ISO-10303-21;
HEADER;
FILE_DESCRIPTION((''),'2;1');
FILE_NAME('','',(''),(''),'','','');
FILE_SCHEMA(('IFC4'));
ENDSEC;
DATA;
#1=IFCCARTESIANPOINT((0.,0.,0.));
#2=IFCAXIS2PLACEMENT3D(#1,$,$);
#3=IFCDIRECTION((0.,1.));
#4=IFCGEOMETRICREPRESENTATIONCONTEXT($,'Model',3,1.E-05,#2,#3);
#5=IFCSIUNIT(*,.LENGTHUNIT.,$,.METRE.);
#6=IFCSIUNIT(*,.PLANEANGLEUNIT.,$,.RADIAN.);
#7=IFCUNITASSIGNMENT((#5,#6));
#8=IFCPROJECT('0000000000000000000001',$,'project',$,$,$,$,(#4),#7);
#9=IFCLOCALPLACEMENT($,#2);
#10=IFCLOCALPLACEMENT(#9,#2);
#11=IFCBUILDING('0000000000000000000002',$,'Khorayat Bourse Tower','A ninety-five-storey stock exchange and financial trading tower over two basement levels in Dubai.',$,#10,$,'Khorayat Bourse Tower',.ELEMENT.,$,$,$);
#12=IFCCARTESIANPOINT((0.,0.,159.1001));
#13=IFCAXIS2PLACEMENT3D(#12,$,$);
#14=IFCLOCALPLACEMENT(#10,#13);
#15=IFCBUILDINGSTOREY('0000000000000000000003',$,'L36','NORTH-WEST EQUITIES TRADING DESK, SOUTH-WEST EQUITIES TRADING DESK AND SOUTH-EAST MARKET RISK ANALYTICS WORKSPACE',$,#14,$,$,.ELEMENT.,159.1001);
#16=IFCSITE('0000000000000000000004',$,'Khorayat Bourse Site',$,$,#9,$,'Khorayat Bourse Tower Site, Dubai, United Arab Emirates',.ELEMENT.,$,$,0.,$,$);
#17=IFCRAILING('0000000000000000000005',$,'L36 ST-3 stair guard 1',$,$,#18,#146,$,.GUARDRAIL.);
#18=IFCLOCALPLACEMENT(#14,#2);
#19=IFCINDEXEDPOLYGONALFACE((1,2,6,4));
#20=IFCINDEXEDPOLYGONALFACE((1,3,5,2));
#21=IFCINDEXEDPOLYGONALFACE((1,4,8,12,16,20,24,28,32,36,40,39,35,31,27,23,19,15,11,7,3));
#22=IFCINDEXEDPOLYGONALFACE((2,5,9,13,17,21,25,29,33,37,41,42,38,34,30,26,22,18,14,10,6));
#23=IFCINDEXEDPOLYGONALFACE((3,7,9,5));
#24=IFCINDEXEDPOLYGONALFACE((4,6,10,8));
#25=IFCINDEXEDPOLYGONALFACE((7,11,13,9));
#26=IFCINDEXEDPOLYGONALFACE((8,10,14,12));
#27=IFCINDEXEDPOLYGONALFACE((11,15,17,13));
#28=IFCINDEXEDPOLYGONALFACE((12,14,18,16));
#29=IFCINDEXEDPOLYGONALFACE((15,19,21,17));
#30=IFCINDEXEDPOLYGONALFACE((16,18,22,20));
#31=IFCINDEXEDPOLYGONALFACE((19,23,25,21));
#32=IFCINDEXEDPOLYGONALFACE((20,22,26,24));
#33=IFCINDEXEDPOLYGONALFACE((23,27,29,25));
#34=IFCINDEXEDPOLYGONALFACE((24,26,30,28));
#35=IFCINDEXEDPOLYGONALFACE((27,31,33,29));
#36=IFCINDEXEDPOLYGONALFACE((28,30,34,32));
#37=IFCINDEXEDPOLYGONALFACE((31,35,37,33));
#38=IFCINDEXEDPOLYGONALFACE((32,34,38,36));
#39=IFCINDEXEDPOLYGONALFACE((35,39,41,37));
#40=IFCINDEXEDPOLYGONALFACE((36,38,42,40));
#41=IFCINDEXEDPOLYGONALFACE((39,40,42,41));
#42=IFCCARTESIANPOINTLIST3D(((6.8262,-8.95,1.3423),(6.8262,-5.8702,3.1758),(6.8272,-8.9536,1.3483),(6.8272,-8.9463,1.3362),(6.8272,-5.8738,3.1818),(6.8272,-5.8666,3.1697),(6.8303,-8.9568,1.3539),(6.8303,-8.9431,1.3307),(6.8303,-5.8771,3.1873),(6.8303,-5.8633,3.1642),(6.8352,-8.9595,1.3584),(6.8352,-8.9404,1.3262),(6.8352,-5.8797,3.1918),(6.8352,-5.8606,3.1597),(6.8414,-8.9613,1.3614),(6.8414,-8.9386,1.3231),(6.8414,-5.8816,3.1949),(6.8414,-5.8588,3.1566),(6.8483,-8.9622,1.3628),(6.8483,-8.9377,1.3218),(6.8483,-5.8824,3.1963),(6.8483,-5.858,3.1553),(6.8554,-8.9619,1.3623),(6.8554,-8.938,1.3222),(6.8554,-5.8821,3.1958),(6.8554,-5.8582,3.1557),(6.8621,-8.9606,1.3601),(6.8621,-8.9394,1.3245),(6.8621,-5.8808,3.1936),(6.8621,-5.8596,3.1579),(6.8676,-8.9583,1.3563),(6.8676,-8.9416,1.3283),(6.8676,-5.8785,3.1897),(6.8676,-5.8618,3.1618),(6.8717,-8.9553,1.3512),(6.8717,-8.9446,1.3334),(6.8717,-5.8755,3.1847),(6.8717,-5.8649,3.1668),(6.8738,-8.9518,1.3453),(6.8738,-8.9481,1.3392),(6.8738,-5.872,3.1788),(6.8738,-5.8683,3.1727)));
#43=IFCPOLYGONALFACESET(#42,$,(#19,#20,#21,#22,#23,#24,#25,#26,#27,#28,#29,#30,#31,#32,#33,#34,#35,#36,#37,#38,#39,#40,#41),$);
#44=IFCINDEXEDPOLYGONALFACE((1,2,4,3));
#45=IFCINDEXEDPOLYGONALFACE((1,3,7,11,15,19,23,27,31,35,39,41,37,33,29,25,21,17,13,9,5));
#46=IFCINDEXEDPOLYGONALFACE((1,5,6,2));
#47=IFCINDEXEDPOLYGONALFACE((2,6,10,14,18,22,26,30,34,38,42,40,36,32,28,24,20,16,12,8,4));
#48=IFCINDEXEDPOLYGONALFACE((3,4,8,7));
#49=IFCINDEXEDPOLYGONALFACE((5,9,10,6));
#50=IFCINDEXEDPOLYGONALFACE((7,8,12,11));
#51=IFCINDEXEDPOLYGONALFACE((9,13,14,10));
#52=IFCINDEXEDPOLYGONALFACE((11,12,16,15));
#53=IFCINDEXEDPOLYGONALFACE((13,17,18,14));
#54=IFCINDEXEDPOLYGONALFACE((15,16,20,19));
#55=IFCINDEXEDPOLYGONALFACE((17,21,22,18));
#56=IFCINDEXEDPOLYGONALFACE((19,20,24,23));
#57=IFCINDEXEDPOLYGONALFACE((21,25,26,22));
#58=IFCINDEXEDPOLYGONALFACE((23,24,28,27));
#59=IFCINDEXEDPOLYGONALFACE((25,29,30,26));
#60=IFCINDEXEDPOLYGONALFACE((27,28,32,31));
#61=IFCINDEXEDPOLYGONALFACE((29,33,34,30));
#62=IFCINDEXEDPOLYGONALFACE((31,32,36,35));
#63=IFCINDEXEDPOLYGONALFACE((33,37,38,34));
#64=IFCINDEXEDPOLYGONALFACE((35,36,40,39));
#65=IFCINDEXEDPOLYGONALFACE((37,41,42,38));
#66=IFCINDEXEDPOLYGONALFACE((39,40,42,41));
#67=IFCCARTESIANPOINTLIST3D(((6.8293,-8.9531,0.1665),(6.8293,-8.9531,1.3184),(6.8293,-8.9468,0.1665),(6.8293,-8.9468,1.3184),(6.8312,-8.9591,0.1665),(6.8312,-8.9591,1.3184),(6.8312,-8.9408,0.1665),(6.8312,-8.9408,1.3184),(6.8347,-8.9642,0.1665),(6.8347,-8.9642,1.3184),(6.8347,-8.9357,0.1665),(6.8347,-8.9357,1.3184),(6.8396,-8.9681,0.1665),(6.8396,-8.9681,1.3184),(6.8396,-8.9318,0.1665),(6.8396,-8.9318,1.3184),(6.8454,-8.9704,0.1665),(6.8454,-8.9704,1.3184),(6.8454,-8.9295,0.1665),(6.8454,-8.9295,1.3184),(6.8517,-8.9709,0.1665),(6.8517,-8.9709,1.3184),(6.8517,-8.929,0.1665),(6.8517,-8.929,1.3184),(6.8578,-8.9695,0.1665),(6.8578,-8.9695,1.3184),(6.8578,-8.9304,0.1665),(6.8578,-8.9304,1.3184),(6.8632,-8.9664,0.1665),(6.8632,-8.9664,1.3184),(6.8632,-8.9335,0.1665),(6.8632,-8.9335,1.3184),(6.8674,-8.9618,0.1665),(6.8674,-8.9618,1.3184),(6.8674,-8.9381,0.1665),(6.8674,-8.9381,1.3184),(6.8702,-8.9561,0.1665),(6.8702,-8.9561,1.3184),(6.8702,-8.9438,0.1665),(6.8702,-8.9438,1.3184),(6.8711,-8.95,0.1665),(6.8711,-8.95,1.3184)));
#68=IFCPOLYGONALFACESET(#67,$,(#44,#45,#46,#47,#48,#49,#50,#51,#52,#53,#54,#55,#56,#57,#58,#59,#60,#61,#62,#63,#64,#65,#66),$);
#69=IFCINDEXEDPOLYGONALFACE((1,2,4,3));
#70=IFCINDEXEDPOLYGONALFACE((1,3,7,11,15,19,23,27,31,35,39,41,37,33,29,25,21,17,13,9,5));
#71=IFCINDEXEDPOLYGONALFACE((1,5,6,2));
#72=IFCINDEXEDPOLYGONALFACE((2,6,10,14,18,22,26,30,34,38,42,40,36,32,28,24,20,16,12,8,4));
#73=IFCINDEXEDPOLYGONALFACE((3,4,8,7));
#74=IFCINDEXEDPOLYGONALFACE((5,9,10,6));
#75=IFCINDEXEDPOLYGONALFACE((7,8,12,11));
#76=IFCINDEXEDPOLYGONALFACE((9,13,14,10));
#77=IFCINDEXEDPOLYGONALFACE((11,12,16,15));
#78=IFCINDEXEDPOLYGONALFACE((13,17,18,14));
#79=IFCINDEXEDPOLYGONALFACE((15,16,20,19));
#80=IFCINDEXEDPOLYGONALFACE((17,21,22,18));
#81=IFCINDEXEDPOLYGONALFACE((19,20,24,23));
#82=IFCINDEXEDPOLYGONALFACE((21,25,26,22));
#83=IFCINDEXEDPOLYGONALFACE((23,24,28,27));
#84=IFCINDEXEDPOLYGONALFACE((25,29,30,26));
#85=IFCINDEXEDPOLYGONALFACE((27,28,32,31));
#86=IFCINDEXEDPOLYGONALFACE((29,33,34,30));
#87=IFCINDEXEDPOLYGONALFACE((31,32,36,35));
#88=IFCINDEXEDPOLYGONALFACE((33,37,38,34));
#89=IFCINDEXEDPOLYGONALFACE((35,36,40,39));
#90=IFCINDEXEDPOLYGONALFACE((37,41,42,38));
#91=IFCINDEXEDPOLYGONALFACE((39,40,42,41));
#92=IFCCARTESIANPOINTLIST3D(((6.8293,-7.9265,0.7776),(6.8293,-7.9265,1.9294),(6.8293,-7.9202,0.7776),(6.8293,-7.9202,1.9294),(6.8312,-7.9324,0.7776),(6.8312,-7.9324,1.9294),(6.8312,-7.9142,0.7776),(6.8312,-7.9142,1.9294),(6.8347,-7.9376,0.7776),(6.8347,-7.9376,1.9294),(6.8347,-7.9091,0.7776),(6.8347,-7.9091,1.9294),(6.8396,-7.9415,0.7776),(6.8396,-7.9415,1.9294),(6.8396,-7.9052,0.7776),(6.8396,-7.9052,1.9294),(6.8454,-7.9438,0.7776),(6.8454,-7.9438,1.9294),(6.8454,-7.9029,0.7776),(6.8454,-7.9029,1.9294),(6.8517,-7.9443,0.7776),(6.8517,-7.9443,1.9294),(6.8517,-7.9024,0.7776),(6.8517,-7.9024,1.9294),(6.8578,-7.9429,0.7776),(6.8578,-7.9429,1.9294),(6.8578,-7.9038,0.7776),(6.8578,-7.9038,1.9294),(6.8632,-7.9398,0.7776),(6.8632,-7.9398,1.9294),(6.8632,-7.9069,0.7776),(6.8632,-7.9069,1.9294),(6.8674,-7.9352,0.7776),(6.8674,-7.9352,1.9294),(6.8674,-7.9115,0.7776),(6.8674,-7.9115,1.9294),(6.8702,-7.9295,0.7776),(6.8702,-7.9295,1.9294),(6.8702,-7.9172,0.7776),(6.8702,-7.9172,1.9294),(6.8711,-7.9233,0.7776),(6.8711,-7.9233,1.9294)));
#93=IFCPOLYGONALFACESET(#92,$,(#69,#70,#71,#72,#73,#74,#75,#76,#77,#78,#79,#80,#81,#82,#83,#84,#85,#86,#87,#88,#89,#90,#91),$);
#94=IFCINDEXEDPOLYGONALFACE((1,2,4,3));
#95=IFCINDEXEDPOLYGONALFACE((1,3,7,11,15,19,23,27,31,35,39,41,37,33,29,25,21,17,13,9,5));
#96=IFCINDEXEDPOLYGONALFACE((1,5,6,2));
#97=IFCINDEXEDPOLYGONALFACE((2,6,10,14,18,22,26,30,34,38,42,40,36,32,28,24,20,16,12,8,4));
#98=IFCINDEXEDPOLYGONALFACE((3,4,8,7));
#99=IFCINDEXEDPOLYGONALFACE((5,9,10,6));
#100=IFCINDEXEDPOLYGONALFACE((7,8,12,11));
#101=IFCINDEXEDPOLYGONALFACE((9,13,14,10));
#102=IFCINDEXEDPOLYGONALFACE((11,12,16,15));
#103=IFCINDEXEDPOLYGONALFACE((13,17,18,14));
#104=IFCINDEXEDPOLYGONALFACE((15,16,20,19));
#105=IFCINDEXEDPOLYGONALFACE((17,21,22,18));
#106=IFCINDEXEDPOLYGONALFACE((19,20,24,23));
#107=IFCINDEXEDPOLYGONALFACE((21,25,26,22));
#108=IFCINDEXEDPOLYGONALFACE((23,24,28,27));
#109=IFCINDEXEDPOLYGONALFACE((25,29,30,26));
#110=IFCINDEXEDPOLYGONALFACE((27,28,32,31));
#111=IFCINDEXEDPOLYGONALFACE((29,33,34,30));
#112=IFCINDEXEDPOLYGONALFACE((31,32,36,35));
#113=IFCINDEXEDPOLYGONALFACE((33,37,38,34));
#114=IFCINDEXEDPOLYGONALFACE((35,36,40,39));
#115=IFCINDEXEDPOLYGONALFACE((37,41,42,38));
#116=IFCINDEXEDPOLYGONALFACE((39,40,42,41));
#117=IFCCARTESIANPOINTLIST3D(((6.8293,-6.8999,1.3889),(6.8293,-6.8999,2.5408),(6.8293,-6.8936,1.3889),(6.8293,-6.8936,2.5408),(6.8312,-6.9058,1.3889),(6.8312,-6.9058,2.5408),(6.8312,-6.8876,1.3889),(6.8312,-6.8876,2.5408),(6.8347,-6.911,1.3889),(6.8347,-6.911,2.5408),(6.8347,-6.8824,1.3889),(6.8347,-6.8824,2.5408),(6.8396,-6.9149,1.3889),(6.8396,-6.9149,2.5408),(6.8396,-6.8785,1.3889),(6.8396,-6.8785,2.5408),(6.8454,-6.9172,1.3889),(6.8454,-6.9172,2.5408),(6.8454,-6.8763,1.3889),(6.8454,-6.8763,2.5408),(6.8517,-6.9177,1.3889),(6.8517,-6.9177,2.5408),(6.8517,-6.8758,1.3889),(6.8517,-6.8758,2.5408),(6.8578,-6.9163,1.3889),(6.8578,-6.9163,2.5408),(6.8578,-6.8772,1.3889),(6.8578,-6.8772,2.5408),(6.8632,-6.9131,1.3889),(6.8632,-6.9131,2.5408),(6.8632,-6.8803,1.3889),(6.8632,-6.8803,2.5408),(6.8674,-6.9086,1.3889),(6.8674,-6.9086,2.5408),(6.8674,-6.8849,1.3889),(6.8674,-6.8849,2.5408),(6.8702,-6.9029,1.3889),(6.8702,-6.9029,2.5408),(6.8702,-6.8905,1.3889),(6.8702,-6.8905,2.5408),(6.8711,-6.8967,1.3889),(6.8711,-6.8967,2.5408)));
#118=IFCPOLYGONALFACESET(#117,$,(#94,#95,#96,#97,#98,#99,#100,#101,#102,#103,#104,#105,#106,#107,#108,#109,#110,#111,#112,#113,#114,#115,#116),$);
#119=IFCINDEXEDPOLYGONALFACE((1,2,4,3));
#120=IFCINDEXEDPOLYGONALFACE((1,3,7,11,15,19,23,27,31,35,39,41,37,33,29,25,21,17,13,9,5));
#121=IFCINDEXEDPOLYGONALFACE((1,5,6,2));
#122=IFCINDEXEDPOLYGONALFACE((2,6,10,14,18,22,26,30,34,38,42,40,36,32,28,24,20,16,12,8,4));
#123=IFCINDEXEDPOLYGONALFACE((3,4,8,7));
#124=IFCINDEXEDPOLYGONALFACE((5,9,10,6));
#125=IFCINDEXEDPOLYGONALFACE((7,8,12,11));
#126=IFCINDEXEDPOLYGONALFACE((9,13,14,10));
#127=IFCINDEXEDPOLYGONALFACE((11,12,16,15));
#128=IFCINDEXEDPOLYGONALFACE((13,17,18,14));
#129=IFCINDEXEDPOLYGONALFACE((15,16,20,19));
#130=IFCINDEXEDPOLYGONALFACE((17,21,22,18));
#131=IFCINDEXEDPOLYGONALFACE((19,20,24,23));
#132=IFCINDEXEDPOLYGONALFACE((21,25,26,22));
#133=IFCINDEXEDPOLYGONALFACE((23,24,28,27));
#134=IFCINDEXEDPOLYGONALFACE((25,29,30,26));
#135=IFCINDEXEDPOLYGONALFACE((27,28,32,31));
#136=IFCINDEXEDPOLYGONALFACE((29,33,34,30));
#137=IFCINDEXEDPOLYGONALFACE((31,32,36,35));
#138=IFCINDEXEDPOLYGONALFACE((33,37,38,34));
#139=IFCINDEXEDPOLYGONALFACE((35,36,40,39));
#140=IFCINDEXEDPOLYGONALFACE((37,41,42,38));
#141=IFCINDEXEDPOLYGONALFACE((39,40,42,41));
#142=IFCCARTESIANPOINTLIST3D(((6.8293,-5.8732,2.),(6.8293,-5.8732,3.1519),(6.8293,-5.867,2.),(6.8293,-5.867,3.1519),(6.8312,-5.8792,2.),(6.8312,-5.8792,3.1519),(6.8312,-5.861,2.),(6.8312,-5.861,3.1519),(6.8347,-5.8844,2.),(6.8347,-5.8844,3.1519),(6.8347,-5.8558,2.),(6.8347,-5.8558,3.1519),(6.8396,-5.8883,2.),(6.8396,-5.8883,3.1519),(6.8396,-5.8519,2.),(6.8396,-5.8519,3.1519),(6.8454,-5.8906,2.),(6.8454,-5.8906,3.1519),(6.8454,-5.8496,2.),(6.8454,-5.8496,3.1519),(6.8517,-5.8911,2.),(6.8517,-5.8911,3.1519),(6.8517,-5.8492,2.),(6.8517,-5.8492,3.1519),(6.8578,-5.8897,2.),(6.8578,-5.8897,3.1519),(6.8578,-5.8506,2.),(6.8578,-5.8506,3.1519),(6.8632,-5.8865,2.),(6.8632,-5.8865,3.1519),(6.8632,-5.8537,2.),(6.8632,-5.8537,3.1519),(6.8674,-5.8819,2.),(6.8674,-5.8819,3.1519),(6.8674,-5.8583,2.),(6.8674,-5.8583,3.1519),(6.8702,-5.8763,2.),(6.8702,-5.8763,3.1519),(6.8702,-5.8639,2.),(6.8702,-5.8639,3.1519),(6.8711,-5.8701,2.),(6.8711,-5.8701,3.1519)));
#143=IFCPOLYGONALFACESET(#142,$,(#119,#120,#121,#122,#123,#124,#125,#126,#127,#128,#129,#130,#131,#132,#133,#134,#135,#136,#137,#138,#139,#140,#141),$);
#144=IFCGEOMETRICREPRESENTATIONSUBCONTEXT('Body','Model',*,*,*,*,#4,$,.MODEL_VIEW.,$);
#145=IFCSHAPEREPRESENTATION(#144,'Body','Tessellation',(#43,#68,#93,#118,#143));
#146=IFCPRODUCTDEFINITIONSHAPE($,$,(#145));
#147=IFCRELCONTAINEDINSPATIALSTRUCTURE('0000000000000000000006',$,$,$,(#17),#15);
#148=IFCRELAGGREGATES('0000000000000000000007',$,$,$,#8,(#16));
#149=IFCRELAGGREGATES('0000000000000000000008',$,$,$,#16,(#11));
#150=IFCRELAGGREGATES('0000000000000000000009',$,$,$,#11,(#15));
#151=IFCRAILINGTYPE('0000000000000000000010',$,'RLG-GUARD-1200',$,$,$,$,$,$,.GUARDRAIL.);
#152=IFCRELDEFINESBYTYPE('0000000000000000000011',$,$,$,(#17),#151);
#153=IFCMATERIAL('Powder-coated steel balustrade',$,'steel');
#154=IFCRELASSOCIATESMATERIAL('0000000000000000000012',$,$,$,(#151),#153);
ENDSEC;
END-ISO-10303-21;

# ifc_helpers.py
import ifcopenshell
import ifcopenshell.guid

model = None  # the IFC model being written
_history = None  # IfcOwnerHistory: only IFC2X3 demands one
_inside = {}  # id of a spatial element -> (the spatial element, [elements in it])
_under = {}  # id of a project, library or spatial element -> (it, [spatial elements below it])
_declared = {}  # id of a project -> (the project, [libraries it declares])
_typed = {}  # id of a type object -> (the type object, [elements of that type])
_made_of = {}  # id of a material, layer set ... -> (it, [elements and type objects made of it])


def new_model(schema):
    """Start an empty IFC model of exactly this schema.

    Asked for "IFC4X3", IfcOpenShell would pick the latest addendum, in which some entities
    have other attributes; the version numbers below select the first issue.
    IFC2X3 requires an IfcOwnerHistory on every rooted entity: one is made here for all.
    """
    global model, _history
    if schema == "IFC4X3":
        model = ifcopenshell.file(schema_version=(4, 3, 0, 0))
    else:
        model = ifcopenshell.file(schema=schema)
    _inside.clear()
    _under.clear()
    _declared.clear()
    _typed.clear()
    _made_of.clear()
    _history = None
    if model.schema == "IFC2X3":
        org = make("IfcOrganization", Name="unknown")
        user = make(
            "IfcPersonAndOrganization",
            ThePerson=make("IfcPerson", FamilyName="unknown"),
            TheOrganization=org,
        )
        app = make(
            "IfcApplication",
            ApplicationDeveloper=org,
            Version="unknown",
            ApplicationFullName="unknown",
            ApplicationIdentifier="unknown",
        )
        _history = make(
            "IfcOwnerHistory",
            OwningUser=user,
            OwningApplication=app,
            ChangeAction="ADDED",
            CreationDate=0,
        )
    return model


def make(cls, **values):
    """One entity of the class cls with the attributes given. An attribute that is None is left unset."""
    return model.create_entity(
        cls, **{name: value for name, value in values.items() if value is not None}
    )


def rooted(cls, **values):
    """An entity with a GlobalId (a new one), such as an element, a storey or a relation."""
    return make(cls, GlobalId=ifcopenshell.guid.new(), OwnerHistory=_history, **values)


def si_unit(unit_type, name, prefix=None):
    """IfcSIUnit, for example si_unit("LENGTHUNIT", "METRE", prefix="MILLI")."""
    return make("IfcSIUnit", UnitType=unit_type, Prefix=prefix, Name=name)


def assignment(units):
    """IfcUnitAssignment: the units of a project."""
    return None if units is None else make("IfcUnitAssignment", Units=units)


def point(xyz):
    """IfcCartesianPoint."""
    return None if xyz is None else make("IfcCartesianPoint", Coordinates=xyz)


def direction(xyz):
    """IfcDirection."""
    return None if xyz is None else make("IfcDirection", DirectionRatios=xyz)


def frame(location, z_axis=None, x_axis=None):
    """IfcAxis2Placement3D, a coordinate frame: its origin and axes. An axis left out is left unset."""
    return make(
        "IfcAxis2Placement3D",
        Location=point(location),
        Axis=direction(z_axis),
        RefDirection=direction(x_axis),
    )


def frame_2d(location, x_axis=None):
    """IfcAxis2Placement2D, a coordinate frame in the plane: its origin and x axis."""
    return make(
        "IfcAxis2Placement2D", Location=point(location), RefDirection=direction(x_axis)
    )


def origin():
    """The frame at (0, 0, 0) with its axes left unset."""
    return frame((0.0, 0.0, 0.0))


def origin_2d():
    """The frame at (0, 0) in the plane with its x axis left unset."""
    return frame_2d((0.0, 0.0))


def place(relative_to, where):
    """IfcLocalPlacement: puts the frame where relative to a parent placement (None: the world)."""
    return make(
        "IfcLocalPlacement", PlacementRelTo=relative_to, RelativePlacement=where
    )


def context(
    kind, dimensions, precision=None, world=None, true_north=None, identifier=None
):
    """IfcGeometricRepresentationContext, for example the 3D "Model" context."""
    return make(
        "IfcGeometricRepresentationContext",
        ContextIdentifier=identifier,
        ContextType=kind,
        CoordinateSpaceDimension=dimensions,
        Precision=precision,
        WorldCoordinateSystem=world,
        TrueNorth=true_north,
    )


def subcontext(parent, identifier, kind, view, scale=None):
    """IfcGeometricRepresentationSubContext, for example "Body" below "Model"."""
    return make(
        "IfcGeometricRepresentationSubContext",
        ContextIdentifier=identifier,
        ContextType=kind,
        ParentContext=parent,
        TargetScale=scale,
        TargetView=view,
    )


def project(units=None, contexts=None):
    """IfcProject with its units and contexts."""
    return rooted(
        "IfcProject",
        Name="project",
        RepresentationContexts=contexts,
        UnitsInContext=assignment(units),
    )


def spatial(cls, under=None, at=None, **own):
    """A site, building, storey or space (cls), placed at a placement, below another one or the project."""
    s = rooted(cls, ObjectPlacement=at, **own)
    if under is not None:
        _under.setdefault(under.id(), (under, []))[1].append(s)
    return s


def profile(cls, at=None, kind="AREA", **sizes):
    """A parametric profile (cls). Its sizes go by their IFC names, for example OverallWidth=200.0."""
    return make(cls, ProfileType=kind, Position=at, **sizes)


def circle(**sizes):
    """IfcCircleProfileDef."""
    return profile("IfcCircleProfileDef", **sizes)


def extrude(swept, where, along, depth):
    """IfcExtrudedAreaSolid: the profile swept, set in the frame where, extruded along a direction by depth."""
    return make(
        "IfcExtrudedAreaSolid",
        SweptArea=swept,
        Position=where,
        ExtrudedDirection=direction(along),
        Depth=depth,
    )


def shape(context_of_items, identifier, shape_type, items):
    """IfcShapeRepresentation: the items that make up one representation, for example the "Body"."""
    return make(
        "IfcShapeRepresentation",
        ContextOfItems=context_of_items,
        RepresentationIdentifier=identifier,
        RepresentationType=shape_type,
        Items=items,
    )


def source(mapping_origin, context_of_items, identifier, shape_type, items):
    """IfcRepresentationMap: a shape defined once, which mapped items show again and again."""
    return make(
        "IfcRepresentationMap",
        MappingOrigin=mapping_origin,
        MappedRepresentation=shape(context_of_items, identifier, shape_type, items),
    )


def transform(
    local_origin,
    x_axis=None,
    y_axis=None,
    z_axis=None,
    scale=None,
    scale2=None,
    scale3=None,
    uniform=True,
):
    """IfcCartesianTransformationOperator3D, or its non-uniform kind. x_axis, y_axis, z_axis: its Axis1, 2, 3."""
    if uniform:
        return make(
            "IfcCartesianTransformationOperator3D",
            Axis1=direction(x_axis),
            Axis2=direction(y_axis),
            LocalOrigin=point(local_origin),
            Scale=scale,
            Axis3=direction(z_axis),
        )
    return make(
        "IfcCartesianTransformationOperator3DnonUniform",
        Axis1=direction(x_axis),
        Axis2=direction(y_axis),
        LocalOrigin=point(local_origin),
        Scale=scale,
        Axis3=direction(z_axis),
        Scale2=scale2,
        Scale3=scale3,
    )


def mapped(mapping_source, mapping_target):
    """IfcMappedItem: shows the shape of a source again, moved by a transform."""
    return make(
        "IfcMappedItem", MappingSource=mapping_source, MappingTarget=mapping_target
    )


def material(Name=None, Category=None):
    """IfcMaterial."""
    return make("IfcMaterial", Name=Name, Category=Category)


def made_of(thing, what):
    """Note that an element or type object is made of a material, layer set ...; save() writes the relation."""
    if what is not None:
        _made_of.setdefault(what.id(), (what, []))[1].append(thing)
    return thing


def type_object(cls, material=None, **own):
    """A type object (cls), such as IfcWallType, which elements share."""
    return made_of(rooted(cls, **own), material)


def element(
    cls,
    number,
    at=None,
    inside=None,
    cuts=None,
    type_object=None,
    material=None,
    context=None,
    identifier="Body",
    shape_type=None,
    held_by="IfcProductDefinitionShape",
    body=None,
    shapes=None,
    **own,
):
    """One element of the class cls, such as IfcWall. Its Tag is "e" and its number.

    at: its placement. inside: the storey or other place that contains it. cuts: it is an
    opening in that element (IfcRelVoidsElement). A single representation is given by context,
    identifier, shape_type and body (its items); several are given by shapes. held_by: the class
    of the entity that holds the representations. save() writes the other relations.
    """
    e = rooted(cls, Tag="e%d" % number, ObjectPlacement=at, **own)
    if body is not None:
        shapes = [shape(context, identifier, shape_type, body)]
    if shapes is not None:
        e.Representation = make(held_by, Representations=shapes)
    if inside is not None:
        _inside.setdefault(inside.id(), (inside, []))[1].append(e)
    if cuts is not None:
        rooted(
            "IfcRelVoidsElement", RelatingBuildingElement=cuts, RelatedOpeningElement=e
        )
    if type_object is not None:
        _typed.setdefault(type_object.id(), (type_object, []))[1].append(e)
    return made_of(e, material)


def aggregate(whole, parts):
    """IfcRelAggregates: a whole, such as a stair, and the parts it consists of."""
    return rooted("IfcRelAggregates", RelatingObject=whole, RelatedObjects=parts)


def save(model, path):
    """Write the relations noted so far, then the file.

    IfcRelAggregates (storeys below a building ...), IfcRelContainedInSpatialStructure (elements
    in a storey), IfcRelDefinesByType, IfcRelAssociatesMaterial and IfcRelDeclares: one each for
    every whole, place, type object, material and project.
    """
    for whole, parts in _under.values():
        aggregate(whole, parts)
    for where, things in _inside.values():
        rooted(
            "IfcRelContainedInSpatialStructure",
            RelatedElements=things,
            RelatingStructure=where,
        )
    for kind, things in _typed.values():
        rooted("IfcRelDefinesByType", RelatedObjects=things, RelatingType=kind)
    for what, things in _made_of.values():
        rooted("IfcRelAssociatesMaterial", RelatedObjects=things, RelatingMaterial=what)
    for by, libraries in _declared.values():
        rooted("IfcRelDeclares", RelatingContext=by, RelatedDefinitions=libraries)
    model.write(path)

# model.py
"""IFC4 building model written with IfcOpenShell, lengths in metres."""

from ifc_helpers import new_model, si_unit, direction, frame, origin, origin_2d, place, context, subcontext, project, spatial, circle, extrude, source, transform, mapped, material, type_object, element, save


model = new_model("IFC4")

# Units and contexts
model_context = context("Model", 3, precision=1e-05, world=origin(), true_north=direction((0.0, 1.0)))
body_context = subcontext(model_context, "Body", "Model", "MODEL_VIEW")
ifc_project = project(units=[si_unit("LENGTHUNIT", "METRE"), si_unit("PLANEANGLEUNIT", "RADIAN")], contexts=[model_context])

# Site, building, storey
site_placement = place(None, origin())
site = spatial("IfcSite", under=ifc_project, at=site_placement, Name="Khorayat Bourse Site", LongName="Khorayat Bourse Tower Site, Dubai, United Arab Emirates", CompositionType="ELEMENT", RefElevation=0.0)
building_placement = place(site_placement, origin())
building = spatial("IfcBuilding", under=site, at=building_placement, Name="Khorayat Bourse Tower", Description="A ninety-five-storey stock exchange and financial trading tower over two basement levels in Dubai.", LongName="Khorayat Bourse Tower", CompositionType="ELEMENT")
storey_placement = place(building_placement, frame((0.0, 0.0, 159.1001)))
storey = spatial("IfcBuildingStorey", under=building, at=storey_placement, Name="L36", Description="NORTH-WEST EQUITIES TRADING DESK, SOUTH-WEST EQUITIES TRADING DESK AND SOUTH-EAST MARKET RISK ANALYTICS WORKSPACE", CompositionType="ELEMENT", Elevation=159.1001)

# Railing
ifc_material_1 = material(Name="Powder-coated steel balustrade", Category="steel")
railing_type_1 = type_object("IfcRailingType", Name="RLG-GUARD-1200", PredefinedType="GUARDRAIL", material=ifc_material_1)
shared_shape_1 = source(origin(), body_context, "Body", "SweptSolid", [
    extrude(circle(Radius=0.0239, at=origin_2d()), frame((0.0, 0.0, 1.1758), z_axis=(0.0, 0.859261, 0.511538), x_axis=(-1.0, 0.0, 0.0)), (0.0, 0.0, 1.0), 3.5842),
    extrude(circle(Radius=0.021, at=origin_2d()), origin(), (0.0, 0.0, 1.0), 1.1519),
    extrude(circle(Radius=0.021, at=origin_2d()), frame((0.0, 1.0266, 0.6111)), (0.0, 0.0, 1.0), 1.1519),
    extrude(circle(Radius=0.021, at=origin_2d()), frame((0.0, 2.0532, 1.2224)), (0.0, 0.0, 1.0), 1.1519),
    extrude(circle(Radius=0.021, at=origin_2d()), frame((0.0, 3.0798, 1.8335)), (0.0, 0.0, 1.0), 1.1519),
])
railing_1_placement = place(storey_placement, frame((6.8501, -8.95, 0.1665)))
element("IfcRailing", 1, at=railing_1_placement, inside=storey, type_object=railing_type_1, Name="L36 ST-3 stair guard 1", PredefinedType="GUARDRAIL", context=body_context, shape_type="MappedRepresentation", body=[
    mapped(shared_shape_1, transform((0.0, 0.0, 0.0), scale=1.0)),
])

save(model, "model.ifc")
